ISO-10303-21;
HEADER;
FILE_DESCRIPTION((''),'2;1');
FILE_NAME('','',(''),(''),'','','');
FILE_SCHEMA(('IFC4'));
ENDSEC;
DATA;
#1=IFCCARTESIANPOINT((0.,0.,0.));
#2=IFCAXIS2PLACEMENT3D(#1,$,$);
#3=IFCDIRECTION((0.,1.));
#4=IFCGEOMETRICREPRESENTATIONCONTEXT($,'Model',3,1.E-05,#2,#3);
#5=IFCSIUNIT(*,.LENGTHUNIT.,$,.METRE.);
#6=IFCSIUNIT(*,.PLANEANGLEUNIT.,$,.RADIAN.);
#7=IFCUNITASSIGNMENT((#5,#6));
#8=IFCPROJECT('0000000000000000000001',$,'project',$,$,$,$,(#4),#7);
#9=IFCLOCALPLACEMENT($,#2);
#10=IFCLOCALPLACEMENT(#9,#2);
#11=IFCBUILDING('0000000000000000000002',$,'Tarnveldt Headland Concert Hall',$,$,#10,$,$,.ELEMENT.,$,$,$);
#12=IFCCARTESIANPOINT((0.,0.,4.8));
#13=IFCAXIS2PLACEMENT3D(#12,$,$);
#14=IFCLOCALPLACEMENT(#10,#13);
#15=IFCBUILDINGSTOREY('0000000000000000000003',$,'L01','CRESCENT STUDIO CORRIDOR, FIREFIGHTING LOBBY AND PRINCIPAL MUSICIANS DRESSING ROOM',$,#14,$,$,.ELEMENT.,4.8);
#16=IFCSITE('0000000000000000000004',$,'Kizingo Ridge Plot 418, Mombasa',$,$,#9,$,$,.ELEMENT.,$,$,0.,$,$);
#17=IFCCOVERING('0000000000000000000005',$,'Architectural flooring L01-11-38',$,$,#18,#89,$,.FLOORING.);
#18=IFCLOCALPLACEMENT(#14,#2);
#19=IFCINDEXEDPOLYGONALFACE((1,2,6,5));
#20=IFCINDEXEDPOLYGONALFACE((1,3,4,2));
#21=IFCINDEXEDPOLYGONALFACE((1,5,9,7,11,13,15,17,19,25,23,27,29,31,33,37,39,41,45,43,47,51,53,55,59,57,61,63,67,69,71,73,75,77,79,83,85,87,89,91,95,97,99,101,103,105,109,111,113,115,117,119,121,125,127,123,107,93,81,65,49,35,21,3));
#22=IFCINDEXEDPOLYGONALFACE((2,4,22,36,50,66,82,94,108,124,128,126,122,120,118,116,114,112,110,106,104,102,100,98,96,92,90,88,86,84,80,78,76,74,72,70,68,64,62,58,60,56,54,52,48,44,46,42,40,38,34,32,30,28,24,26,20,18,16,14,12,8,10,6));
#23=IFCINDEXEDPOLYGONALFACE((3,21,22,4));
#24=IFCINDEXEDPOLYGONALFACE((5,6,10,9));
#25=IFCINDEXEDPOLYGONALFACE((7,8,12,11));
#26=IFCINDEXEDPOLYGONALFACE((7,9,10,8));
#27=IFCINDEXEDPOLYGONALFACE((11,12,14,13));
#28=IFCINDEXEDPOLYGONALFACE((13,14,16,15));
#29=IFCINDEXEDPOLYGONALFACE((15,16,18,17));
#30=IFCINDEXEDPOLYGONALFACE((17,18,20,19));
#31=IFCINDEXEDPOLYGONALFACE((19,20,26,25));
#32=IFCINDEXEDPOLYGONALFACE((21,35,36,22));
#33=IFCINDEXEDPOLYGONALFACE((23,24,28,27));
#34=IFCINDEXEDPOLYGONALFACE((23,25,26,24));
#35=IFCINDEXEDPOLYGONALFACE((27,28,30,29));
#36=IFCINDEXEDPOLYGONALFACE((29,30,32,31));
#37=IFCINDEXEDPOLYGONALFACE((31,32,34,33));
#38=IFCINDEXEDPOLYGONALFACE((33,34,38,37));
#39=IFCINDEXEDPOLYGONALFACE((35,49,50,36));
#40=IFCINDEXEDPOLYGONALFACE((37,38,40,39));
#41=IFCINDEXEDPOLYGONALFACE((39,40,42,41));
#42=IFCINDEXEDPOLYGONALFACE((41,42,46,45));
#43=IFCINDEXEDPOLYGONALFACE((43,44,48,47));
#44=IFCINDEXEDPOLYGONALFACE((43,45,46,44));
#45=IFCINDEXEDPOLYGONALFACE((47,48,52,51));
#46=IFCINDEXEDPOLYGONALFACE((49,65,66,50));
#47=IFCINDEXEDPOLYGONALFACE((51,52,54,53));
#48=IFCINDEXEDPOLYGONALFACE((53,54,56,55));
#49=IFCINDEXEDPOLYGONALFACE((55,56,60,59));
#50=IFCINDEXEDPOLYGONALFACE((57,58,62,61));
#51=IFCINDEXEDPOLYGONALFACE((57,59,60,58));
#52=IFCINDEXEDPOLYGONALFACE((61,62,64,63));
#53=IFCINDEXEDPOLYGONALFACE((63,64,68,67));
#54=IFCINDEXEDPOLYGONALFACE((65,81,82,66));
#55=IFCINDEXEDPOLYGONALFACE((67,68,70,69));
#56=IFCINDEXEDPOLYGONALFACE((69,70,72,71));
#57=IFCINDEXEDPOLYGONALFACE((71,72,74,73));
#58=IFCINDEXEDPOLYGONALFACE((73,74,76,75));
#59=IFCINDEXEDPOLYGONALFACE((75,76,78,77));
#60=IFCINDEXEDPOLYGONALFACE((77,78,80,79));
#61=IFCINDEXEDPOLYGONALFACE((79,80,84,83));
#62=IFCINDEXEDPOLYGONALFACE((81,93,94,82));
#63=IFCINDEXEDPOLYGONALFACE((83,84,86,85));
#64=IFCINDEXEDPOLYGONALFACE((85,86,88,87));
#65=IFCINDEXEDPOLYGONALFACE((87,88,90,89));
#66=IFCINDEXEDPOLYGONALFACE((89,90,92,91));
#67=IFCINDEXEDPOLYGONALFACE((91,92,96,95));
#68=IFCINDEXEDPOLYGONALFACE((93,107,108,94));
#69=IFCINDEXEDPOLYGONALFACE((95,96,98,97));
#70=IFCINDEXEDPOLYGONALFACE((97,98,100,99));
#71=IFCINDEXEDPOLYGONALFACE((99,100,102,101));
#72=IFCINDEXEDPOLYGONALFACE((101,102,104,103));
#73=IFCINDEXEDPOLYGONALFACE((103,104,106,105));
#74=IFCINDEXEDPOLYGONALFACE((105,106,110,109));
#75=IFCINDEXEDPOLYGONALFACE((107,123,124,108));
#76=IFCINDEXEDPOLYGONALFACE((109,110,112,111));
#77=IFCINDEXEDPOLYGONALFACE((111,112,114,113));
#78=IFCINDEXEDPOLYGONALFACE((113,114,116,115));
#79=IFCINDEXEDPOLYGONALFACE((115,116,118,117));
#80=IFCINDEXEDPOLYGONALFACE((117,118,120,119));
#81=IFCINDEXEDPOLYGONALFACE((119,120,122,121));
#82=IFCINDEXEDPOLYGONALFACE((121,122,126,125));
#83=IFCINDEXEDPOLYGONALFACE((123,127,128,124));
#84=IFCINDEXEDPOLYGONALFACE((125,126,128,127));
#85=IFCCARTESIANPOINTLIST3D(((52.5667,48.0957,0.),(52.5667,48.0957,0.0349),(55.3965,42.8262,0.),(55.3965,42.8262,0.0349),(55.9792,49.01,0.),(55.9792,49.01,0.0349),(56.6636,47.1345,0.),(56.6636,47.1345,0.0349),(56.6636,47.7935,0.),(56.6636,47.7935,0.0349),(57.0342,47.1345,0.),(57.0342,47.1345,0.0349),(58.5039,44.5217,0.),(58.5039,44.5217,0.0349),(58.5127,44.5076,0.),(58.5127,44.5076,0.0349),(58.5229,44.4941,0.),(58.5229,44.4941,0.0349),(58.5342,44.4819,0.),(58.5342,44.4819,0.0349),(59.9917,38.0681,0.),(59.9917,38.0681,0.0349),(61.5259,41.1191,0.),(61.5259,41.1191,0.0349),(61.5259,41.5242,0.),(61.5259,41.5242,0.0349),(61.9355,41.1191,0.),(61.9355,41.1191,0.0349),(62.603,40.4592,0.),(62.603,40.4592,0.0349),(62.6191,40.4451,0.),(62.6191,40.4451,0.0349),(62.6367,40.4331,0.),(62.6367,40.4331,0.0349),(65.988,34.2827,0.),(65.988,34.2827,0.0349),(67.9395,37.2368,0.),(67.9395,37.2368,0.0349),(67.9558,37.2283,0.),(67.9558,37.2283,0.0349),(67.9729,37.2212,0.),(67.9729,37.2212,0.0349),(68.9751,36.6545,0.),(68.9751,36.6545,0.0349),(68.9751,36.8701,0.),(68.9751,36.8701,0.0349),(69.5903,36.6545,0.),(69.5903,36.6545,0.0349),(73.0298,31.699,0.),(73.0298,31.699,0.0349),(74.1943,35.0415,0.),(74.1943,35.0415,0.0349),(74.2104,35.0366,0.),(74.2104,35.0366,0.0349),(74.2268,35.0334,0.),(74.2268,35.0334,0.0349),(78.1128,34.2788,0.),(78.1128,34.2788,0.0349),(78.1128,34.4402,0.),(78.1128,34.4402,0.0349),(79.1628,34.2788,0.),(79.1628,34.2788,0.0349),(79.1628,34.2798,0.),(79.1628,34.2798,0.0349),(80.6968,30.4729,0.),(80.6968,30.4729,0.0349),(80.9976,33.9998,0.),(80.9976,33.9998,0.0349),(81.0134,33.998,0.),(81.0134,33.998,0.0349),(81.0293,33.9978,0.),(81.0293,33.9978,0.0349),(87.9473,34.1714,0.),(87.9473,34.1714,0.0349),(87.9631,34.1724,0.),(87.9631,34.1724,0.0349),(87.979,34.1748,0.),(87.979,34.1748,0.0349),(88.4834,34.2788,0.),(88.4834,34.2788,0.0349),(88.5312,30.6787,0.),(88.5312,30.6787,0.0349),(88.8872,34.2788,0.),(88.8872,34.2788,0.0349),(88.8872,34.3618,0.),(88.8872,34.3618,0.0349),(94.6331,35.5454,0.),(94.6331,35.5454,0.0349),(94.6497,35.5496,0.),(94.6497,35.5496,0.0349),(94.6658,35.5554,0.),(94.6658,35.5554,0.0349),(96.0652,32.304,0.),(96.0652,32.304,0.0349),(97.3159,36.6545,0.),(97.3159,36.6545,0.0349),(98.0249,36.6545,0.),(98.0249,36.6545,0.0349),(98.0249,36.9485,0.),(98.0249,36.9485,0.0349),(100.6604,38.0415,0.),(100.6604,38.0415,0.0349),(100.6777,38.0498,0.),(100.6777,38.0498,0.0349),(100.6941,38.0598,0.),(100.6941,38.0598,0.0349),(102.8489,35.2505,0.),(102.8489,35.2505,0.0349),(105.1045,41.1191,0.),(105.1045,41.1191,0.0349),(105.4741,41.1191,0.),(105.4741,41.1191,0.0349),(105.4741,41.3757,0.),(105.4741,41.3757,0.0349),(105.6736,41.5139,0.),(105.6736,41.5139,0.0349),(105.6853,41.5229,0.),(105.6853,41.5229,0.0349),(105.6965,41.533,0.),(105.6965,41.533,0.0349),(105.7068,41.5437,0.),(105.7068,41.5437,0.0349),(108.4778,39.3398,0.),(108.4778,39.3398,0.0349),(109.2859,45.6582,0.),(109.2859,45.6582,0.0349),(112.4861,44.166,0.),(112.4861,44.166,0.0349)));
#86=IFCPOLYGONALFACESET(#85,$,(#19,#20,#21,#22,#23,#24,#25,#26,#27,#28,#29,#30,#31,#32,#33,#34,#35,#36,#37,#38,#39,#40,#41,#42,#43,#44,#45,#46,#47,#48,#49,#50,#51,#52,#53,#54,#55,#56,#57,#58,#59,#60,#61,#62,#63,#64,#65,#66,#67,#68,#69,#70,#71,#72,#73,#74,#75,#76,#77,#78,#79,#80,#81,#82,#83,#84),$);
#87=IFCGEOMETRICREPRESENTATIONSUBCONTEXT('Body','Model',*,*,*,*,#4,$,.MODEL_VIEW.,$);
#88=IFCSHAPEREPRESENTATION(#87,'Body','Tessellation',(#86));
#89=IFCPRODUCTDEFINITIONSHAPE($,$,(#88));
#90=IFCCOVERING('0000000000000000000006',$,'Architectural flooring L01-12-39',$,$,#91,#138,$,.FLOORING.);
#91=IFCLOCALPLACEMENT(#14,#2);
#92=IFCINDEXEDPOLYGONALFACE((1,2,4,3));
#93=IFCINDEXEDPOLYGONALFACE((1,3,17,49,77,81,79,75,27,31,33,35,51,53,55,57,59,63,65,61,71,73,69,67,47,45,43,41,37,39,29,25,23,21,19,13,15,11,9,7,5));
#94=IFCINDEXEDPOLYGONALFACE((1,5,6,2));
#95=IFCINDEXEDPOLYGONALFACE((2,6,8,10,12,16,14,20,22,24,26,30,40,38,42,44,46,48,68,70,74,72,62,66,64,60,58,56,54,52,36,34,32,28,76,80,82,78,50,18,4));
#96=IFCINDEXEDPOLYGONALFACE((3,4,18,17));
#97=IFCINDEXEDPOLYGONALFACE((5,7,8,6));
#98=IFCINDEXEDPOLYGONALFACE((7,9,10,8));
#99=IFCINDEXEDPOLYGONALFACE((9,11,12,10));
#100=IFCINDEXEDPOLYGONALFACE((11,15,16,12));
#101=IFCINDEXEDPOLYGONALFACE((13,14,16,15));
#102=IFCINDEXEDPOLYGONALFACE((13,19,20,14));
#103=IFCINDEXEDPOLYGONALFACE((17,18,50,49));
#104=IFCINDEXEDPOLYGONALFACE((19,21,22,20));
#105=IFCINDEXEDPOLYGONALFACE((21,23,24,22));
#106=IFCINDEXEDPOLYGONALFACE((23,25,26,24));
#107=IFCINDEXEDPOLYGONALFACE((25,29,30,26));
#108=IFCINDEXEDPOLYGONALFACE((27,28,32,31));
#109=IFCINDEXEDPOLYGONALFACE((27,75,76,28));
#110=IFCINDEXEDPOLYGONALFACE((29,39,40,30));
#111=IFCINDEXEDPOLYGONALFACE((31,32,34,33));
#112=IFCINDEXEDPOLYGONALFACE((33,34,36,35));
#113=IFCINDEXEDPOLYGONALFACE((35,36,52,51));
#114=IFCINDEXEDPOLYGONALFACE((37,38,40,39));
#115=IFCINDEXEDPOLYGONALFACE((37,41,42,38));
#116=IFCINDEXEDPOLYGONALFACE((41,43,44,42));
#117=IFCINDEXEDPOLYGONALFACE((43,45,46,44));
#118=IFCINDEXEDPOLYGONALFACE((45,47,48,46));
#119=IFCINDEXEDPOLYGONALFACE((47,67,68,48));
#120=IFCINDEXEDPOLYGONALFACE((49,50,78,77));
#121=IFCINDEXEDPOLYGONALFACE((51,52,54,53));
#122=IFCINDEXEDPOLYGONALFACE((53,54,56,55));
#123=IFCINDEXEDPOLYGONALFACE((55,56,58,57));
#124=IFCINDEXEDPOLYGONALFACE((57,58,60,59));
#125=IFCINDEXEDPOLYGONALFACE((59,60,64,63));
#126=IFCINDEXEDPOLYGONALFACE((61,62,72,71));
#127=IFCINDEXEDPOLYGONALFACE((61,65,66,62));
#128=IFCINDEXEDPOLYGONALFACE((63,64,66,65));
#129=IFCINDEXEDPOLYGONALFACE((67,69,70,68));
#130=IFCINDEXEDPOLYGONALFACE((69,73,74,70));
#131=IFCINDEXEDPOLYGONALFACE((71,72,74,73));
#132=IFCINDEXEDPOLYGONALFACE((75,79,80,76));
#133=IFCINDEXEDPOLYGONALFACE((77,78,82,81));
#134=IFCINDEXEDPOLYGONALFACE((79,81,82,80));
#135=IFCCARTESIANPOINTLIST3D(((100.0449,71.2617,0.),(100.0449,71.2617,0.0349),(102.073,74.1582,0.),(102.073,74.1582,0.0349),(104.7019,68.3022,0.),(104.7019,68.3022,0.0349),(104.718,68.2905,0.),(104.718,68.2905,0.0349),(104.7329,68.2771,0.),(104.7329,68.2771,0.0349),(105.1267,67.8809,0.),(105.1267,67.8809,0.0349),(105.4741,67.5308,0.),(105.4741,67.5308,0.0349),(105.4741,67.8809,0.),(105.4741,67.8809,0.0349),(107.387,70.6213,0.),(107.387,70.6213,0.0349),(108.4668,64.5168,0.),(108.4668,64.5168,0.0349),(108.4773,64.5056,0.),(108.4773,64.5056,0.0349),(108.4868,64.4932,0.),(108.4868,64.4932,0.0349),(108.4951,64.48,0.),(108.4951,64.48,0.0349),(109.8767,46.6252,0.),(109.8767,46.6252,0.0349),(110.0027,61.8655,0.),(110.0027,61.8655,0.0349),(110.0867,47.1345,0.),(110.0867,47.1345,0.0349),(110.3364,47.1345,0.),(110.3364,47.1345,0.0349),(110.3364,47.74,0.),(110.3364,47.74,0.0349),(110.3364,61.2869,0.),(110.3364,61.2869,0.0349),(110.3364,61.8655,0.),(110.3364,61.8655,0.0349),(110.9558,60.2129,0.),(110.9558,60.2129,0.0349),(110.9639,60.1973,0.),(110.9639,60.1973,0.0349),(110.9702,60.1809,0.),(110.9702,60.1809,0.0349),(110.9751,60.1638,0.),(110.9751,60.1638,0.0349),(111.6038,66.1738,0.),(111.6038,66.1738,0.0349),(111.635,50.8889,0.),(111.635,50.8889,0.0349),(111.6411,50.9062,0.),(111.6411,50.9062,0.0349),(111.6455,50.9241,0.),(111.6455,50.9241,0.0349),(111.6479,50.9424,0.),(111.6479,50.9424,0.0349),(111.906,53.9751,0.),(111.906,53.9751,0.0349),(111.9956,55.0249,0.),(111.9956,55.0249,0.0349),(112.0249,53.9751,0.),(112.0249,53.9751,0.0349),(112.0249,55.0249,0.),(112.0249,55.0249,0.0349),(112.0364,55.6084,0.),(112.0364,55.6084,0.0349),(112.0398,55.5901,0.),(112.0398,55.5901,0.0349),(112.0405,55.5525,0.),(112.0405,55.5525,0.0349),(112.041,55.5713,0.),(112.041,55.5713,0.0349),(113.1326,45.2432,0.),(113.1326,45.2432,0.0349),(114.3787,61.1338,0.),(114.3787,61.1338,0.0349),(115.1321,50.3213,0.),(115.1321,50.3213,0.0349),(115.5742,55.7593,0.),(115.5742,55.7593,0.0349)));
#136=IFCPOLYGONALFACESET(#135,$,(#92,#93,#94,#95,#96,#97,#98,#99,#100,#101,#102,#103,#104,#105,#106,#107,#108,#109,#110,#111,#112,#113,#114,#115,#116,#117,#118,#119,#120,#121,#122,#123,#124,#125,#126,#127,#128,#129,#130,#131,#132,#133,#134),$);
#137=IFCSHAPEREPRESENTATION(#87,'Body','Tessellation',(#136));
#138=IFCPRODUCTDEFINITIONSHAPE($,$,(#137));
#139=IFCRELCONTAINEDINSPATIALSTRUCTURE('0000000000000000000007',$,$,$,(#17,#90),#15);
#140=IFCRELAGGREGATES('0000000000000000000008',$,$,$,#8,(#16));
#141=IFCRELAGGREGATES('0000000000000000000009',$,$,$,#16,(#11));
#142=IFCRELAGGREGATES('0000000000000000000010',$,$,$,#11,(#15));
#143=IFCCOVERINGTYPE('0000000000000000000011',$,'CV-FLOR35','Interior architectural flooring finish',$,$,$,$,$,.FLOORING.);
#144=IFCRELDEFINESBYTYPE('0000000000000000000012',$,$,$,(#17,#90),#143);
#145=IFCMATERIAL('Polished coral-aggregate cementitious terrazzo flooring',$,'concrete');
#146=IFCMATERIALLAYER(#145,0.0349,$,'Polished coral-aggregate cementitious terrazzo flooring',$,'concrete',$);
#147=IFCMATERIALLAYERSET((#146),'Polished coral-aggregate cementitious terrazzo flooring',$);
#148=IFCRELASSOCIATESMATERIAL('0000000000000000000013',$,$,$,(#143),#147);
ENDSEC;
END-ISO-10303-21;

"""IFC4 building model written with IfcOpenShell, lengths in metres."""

from ifc_helpers import new_model, si_unit, direction, frame, origin, place, context, subcontext, project, spatial, polyline, outline, extrude, material, layer, layer_set, type_object, element, save


model = new_model("IFC4")

# Units and contexts
model_context = context("Model", 3, precision=1e-05, world=origin(), true_north=direction((0.0, 1.0)))
body_context = subcontext(model_context, "Body", "Model", "MODEL_VIEW")
ifc_project = project(units=[si_unit("LENGTHUNIT", "METRE"), si_unit("PLANEANGLEUNIT", "RADIAN")], contexts=[model_context])

# Site, building, storey
site_placement = place(None, origin())
site = spatial("IfcSite", under=ifc_project, at=site_placement, Name="Kizingo Ridge Plot 418, Mombasa", CompositionType="ELEMENT", RefElevation=0.0)
building_placement = place(site_placement, origin())
building = spatial("IfcBuilding", under=site, at=building_placement, Name="Tarnveldt Headland Concert Hall", CompositionType="ELEMENT")
storey_placement = place(building_placement, frame((0.0, 0.0, 4.8)))
storey = spatial("IfcBuildingStorey", under=building, at=storey_placement, Name="L01", Description="CRESCENT STUDIO CORRIDOR, FIREFIGHTING LOBBY AND PRINCIPAL MUSICIANS DRESSING ROOM", CompositionType="ELEMENT", Elevation=4.8)

# Coverings
ifc_material_1 = material(Name="Polished coral-aggregate cementitious terrazzo flooring", Category="concrete")
ifc_layer_1 = layer(ifc_material_1, 0.0349, Name="Polished coral-aggregate cementitious terrazzo flooring", Category="concrete")
ifc_layer_set_1 = layer_set([ifc_layer_1], Name="Polished coral-aggregate cementitious terrazzo flooring")
covering_type_1 = type_object("IfcCoveringType", Name="CV-FLOR35", Description="Interior architectural flooring finish", PredefinedType="FLOORING", material=ifc_layer_set_1)
covering_1_placement = place(storey_placement, origin())
element("IfcCovering", 1, at=covering_1_placement, inside=storey, type_object=covering_type_1, Name="Architectural flooring L01-11-38", PredefinedType="FLOORING", context=body_context, shape_type="SweptSolid", body=[
    extrude(outline(polyline([(58.5342, 44.4819), (61.5259, 41.5242), (61.5259, 41.1191), (61.9355, 41.1191), (62.603, 40.4592), (62.6191, 40.4451), (62.6367, 40.4331), (67.9395, 37.2368), (67.9558, 37.2283), (67.9729, 37.2212), (68.9751, 36.8701), (68.9751, 36.6545), (69.5903, 36.6545), (74.1943, 35.0415), (74.2104, 35.0366), (74.2268, 35.0334), (78.1128, 34.4402), (78.1128, 34.2788), (79.1628, 34.2788), (79.1628, 34.2798), (80.9976, 33.9998), (81.0134, 33.998), (81.0293, 33.9978), (87.9473, 34.1714), (87.9631, 34.1724), (87.979, 34.1748), (88.4834, 34.2788), (88.8872, 34.2788), (88.8872, 34.3618), (94.6331, 35.5454), (94.6497, 35.5496), (94.6658, 35.5554), (97.3159, 36.6545), (98.0249, 36.6545), (98.0249, 36.9485), (100.6604, 38.0415), (100.6777, 38.0498), (100.6941, 38.0598), (105.1045, 41.1191), (105.4741, 41.1191), (105.4741, 41.3757), (105.6736, 41.5139), (105.6853, 41.5229), (105.6965, 41.533), (105.7068, 41.5437), (109.2859, 45.6582), (112.4861, 44.166), (108.4778, 39.3398), (102.8489, 35.2505), (96.0652, 32.304), (88.5312, 30.6787), (80.6968, 30.4729), (73.0298, 31.699), (65.988, 34.2827), (59.9917, 38.0681), (55.3965, 42.8262), (52.5667, 48.0957), (55.9792, 49.01), (56.6636, 47.7935), (56.6636, 47.1345), (57.0342, 47.1345), (58.5039, 44.5217), (58.5127, 44.5076), (58.5229, 44.4941), (58.5342, 44.4819)])), origin(), (0.0, 0.0, 1.0), 0.0349),
])
covering_2_placement = place(storey_placement, origin())
element("IfcCovering", 2, at=covering_2_placement, inside=storey, type_object=covering_type_1, Name="Architectural flooring L01-12-39", PredefinedType="FLOORING", context=body_context, shape_type="SweptSolid", body=[
    extrude(outline(polyline([(111.6479, 50.9424), (111.906, 53.9751), (112.0249, 53.9751), (112.0249, 55.0249), (111.9956, 55.0249), (112.0405, 55.5525), (112.041, 55.5713), (112.0398, 55.5901), (112.0364, 55.6084), (110.9751, 60.1638), (110.9702, 60.1809), (110.9639, 60.1973), (110.9558, 60.2129), (110.3364, 61.2869), (110.3364, 61.8655), (110.0027, 61.8655), (108.4951, 64.48), (108.4868, 64.4932), (108.4773, 64.5056), (108.4668, 64.5168), (105.4741, 67.5308), (105.4741, 67.8809), (105.1267, 67.8809), (104.7329, 68.2771), (104.718, 68.2905), (104.7019, 68.3022), (100.0449, 71.2617), (102.073, 74.1582), (107.387, 70.6213), (111.6038, 66.1738), (114.3787, 61.1338), (115.5742, 55.7593), (115.1321, 50.3213), (113.1326, 45.2432), (109.8767, 46.6252), (110.0867, 47.1345), (110.3364, 47.1345), (110.3364, 47.74), (111.635, 50.8889), (111.6411, 50.9062), (111.6455, 50.9241), (111.6479, 50.9424)])), origin(), (0.0, 0.0, 1.0), 0.0349),
])

save(model, "model.ifc")
